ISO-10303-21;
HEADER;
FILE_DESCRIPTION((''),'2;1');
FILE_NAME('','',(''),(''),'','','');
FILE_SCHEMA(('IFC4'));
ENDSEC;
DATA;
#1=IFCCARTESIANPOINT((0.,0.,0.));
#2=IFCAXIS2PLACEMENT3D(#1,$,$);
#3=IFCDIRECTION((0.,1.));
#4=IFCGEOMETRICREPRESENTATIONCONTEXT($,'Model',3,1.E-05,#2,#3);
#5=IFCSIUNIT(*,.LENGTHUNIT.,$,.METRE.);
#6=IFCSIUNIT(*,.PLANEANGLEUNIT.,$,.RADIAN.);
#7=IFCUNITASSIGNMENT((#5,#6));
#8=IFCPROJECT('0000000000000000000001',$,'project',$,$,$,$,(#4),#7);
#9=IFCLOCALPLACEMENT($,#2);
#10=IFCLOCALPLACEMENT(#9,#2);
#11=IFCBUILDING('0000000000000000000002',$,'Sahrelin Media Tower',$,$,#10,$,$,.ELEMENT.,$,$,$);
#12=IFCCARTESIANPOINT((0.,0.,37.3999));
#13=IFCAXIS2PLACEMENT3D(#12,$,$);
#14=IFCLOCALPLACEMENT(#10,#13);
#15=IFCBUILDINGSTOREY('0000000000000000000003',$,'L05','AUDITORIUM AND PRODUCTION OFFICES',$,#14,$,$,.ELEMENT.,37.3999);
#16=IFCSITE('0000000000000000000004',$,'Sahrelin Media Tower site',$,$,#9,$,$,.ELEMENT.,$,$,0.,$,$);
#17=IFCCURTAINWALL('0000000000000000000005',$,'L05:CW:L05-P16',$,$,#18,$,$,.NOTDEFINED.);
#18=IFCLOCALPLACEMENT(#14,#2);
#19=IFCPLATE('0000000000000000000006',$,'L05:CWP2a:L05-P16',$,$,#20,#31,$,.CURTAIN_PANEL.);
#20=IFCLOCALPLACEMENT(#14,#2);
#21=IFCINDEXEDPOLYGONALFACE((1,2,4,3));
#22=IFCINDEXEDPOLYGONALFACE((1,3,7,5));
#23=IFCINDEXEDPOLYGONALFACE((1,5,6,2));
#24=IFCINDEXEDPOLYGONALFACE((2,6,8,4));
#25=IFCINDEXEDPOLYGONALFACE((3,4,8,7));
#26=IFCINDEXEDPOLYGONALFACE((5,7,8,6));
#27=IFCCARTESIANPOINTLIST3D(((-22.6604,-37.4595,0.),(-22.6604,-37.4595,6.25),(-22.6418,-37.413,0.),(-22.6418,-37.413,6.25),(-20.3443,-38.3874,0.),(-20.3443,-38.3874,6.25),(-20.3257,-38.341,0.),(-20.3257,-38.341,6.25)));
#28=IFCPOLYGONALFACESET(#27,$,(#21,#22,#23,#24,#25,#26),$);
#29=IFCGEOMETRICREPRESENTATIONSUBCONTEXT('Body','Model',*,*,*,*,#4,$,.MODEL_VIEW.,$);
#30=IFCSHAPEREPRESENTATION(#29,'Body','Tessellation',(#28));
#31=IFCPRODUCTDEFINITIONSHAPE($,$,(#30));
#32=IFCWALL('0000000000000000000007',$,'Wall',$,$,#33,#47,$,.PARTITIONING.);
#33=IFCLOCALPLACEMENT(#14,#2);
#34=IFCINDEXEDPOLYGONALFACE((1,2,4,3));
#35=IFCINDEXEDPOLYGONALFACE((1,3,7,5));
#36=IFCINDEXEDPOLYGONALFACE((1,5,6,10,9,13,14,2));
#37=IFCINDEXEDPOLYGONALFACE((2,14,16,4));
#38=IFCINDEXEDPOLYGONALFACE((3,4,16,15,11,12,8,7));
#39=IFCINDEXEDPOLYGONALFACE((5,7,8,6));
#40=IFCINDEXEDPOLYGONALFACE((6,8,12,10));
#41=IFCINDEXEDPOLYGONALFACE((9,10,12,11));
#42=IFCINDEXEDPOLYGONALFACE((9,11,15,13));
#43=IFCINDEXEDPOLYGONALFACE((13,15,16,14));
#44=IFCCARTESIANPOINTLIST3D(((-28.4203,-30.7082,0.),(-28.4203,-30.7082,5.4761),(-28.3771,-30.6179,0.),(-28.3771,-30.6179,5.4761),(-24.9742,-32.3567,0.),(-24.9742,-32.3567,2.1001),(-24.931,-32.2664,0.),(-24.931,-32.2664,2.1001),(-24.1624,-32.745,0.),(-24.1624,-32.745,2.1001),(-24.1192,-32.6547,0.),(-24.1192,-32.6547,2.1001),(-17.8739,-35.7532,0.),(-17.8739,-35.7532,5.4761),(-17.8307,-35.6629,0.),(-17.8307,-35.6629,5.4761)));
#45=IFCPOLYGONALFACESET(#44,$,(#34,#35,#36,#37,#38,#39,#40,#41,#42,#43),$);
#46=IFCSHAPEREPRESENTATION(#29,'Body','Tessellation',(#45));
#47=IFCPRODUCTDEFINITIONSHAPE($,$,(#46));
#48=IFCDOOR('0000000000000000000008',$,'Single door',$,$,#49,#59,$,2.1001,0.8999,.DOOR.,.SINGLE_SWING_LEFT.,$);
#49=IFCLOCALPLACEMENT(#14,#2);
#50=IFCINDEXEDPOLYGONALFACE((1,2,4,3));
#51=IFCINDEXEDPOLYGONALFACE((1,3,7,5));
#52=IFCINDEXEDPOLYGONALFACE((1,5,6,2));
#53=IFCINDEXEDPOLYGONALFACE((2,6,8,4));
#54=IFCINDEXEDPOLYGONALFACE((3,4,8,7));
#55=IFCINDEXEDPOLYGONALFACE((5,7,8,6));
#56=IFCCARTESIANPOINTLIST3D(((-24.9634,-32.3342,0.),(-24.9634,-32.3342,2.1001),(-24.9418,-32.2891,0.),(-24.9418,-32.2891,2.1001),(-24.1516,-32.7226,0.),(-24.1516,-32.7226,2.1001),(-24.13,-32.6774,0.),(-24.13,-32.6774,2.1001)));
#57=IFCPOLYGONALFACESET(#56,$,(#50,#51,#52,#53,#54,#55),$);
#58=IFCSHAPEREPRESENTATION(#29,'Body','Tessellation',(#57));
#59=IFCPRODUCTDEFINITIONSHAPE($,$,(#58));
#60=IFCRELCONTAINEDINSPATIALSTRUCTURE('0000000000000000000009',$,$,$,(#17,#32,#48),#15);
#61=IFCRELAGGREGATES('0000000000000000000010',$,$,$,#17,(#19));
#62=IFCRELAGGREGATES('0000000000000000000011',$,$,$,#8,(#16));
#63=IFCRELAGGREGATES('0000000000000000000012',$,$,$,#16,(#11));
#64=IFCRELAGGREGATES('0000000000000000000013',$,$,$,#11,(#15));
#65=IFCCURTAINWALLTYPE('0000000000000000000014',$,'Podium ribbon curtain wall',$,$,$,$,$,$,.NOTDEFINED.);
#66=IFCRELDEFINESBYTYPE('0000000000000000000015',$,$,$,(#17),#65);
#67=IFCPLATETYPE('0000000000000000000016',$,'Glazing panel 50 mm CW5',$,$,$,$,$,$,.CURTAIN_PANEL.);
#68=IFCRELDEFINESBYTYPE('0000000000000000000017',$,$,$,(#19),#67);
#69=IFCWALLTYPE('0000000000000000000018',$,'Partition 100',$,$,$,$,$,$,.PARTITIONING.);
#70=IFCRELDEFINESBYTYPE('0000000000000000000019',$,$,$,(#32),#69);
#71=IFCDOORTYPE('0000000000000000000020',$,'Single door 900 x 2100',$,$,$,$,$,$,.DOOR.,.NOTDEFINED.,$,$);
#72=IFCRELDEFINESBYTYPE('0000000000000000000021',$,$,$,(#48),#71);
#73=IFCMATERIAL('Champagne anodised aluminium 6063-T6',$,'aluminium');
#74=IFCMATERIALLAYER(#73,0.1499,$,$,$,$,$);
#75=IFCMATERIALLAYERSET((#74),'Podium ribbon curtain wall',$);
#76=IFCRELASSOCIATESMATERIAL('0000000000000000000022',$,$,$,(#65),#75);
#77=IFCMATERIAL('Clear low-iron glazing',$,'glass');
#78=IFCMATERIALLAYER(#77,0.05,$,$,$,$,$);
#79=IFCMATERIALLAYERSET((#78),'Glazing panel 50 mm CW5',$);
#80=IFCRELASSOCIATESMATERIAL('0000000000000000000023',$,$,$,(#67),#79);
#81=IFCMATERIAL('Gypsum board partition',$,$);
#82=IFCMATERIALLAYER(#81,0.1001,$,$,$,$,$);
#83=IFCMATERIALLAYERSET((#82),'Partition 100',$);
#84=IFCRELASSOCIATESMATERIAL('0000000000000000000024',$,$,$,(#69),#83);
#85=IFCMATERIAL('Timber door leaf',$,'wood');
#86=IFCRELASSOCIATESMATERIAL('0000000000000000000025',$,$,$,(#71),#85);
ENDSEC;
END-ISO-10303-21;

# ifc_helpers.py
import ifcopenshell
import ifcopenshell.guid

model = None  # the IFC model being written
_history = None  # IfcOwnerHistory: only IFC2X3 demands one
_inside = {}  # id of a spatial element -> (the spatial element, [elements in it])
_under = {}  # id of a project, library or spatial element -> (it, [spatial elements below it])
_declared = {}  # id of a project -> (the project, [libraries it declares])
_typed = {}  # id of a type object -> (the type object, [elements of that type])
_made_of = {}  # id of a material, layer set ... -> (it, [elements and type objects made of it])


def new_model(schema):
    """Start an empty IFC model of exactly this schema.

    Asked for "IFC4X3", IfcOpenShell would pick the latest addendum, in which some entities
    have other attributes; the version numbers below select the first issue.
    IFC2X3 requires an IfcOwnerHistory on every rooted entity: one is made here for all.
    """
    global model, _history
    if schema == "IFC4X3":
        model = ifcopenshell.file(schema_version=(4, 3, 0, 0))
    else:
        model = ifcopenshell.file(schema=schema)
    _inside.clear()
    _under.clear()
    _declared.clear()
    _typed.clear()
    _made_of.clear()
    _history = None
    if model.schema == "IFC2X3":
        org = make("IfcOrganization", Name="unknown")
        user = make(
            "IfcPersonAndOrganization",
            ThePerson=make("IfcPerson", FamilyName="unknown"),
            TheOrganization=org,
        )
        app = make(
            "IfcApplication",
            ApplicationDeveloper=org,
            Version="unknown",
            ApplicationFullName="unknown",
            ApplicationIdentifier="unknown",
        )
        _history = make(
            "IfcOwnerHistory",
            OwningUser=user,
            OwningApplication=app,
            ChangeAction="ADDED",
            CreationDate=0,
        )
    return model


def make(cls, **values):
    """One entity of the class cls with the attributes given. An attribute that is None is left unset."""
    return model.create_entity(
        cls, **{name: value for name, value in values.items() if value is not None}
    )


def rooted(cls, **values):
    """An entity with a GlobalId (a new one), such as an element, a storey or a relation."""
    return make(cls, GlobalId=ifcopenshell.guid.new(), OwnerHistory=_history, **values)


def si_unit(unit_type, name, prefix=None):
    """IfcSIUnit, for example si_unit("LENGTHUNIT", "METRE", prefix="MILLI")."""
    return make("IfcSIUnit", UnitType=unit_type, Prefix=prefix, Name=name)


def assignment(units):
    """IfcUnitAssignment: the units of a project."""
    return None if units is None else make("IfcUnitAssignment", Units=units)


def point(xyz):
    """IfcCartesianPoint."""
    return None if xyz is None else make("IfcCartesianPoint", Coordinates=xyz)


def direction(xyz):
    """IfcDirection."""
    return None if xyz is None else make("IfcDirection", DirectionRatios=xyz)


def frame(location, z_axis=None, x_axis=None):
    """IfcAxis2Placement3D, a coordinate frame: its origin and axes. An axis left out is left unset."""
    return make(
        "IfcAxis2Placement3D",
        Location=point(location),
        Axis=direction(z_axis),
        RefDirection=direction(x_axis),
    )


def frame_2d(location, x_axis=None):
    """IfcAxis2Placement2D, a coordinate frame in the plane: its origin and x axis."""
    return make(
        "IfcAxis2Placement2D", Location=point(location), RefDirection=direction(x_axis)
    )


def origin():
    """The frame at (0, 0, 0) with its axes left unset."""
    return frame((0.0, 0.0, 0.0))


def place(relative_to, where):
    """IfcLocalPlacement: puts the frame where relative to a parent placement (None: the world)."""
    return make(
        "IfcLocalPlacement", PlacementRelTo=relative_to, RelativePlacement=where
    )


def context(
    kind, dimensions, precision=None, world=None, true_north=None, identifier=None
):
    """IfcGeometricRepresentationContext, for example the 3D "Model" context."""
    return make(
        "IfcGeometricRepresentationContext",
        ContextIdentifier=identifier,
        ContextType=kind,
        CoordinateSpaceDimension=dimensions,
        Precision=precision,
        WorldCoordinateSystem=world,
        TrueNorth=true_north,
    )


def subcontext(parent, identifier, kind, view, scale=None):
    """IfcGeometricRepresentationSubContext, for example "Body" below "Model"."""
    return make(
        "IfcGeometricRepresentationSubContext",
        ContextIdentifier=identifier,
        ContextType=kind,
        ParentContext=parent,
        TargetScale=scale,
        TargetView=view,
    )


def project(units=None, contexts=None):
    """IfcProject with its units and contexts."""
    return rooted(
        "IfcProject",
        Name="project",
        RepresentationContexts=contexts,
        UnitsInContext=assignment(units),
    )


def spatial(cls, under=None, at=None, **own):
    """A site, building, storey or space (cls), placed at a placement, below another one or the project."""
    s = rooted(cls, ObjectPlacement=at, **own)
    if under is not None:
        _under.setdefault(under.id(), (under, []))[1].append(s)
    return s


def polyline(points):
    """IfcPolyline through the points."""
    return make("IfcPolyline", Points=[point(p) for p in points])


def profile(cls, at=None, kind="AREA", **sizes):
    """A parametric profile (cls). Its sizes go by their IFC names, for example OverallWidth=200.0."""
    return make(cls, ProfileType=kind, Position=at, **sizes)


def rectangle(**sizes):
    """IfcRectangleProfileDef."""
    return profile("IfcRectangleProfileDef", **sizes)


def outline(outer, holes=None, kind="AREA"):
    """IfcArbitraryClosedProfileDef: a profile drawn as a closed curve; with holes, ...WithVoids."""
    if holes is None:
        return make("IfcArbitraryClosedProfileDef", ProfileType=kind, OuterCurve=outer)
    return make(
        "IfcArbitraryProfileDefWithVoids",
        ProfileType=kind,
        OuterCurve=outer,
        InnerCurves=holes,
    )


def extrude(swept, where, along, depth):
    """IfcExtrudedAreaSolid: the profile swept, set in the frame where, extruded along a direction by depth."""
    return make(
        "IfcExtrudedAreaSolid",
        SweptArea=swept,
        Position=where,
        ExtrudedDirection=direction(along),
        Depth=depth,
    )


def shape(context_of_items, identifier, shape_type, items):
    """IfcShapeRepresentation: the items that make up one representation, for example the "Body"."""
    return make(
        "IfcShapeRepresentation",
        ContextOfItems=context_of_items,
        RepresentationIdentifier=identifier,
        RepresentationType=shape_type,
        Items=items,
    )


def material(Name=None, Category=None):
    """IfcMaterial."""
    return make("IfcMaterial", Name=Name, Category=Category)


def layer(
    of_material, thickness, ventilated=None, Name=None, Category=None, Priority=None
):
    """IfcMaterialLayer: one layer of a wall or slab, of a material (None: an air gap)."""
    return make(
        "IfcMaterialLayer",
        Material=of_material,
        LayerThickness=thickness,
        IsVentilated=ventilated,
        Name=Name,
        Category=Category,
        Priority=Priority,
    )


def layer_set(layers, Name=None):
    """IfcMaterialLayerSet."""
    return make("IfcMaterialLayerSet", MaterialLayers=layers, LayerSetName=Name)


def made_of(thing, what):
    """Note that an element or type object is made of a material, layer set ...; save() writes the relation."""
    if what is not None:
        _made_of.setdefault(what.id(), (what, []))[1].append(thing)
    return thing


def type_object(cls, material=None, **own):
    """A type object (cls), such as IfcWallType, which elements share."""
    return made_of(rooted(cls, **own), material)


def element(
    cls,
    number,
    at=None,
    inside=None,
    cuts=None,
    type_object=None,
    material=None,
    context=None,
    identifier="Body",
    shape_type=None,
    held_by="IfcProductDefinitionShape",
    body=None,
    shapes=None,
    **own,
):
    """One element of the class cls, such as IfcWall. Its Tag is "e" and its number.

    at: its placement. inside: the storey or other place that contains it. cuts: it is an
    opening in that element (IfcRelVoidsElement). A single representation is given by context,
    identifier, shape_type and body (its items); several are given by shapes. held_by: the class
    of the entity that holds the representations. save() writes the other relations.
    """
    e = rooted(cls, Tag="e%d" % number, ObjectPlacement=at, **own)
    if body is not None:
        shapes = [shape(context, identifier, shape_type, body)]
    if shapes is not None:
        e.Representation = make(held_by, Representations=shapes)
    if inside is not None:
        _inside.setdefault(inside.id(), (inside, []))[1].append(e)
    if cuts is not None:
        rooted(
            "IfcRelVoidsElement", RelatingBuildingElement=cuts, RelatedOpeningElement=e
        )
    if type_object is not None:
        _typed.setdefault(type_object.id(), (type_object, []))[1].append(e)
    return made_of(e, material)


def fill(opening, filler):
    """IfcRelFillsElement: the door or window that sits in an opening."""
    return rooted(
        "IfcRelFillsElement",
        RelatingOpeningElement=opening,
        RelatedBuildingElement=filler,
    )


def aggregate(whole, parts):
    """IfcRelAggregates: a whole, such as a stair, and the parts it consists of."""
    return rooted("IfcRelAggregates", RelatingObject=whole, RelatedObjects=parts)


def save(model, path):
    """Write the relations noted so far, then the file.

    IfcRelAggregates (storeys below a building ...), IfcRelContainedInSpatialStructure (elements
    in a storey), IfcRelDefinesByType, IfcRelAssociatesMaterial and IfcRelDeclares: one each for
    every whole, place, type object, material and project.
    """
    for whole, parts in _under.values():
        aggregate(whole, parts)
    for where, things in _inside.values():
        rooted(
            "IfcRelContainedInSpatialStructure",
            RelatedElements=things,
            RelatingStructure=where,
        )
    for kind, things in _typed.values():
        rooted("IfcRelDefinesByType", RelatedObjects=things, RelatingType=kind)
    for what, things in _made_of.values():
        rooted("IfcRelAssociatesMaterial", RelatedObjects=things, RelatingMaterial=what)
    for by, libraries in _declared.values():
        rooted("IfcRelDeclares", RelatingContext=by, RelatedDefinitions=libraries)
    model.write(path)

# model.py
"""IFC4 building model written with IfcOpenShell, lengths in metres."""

from ifc_helpers import new_model, si_unit, direction, frame, frame_2d, origin, place, context, subcontext, project, spatial, polyline, rectangle, outline, extrude, material, layer, layer_set, type_object, element, fill, aggregate, save


model = new_model("IFC4")

# Units and contexts
model_context = context("Model", 3, precision=1e-05, world=origin(), true_north=direction((0.0, 1.0)))
body_context = subcontext(model_context, "Body", "Model", "MODEL_VIEW")
ifc_project = project(units=[si_unit("LENGTHUNIT", "METRE"), si_unit("PLANEANGLEUNIT", "RADIAN")], contexts=[model_context])

# Site, building, storey
site_placement = place(None, origin())
site = spatial("IfcSite", under=ifc_project, at=site_placement, Name="Sahrelin Media Tower site", CompositionType="ELEMENT", RefElevation=0.0)
building_placement = place(site_placement, origin())
building = spatial("IfcBuilding", under=site, at=building_placement, Name="Sahrelin Media Tower", CompositionType="ELEMENT")
storey_placement = place(building_placement, frame((0.0, 0.0, 37.3999)))
storey = spatial("IfcBuildingStorey", under=building, at=storey_placement, Name="L05", Description="AUDITORIUM AND PRODUCTION OFFICES", CompositionType="ELEMENT", Elevation=37.3999)

# Shared definitions
ifc_material_1 = material(Name="Champagne anodised aluminium 6063-T6", Category="aluminium")
ifc_layer_1 = layer(ifc_material_1, 0.1499)
ifc_layer_set_1 = layer_set([ifc_layer_1], Name="Podium ribbon curtain wall")
curtain_wall_type = type_object("IfcCurtainWallType", Name="Podium ribbon curtain wall", PredefinedType="NOTDEFINED", material=ifc_layer_set_1)

# Curtain wall
curtain_wall_1_placement = place(storey_placement, frame((-25.0, -36.373, 0.0), z_axis=(0.0, 0.0, 1.0), x_axis=(1.0, 0.0, 0.0)))
curtain_wall_1 = element("IfcCurtainWall", 1, at=curtain_wall_1_placement, inside=storey, type_object=curtain_wall_type, Name="L05:CW:L05-P16", PredefinedType="NOTDEFINED")

# Plate
ifc_material_2 = material(Name="Clear low-iron glazing", Category="glass")
ifc_layer_2 = layer(ifc_material_2, 0.05)
ifc_layer_set_2 = layer_set([ifc_layer_2], Name="Glazing panel 50 mm CW5")
plate_type = type_object("IfcPlateType", Name="Glazing panel 50 mm CW5", PredefinedType="CURTAIN_PANEL", material=ifc_layer_set_2)
plate_1_placement = place(storey_placement, frame((-22.6604, -37.4595, 0.0), z_axis=(-0.371914, -0.928267, 0.0), x_axis=(0.928267, -0.371914, 0.0)))
plate_1 = element("IfcPlate", 2, at=plate_1_placement, type_object=plate_type, Name="L05:CWP2a:L05-P16", PredefinedType="CURTAIN_PANEL", context=body_context, shape_type="SweptSolid", body=[
    extrude(outline(polyline([(0.0, 0.0), (2.4951, 0.0), (2.4951, 6.25), (0.0, 6.25), (0.0, 0.0)])), origin(), (0.0, 0.0, -1.0), 0.05),
])
aggregate(curtain_wall_1, [plate_1])

# Wall, opening, door
ifc_material_3 = material(Name="Gypsum board partition")
ifc_layer_3 = layer(ifc_material_3, 0.1001)
ifc_layer_set_3 = layer_set([ifc_layer_3], Name="Partition 100")
wall_type = type_object("IfcWallType", Name="Partition 100", PredefinedType="PARTITIONING", material=ifc_layer_set_3)
wall_placement = place(storey_placement, frame((-28.3987, -30.6631, 0.0), z_axis=(0.0, 0.0, 1.0), x_axis=(0.902101, -0.431525, 0.0)))
wall = element("IfcWall", 3, at=wall_placement, inside=storey, type_object=wall_type, Name="Wall", PredefinedType="PARTITIONING", context=body_context, shape_type="SweptSolid", body=[
    extrude(rectangle(XDim=11.6909, YDim=0.1001, at=frame_2d((5.8455, 0.0))), origin(), (0.0, 0.0, 1.0), 5.4761),
])
opening_placement = place(wall_placement, frame((3.8201, 0.0, 0.0)))
opening = element("IfcOpeningElement", 4, at=opening_placement, cuts=wall, PredefinedType="OPENING", context=body_context, shape_type="SweptSolid", body=[
    extrude(rectangle(XDim=0.8999, YDim=2.1001, at=frame_2d((0.45, 1.05))), frame((0.0, 0.05, 0.0), z_axis=(0.0, -1.0, 0.0), x_axis=(1.0, 0.0, 0.0)), (0.0, 0.0, 1.0), 0.1001),
])
ifc_material_4 = material(Name="Timber door leaf", Category="wood")
door_type = type_object("IfcDoorType", Name="Single door 900 x 2100", OperationType="NOTDEFINED", PredefinedType="DOOR", material=ifc_material_4)
door_placement = place(opening_placement, origin())
door = element("IfcDoor", 5, at=door_placement, inside=storey, type_object=door_type, Name="Single door", OperationType="SINGLE_SWING_LEFT", OverallHeight=2.1001, OverallWidth=0.8999, PredefinedType="DOOR", context=body_context, shape_type="SweptSolid", body=[
    extrude(rectangle(XDim=0.8999, YDim=2.1001, at=frame_2d((0.45, 1.05))), frame((0.0, 0.0249, 0.0), z_axis=(0.0, -1.0, 0.0), x_axis=(1.0, 0.0, 0.0)), (0.0, 0.0, 1.0), 0.05),
])
fill(opening, door)

save(model, "model.ifc")
